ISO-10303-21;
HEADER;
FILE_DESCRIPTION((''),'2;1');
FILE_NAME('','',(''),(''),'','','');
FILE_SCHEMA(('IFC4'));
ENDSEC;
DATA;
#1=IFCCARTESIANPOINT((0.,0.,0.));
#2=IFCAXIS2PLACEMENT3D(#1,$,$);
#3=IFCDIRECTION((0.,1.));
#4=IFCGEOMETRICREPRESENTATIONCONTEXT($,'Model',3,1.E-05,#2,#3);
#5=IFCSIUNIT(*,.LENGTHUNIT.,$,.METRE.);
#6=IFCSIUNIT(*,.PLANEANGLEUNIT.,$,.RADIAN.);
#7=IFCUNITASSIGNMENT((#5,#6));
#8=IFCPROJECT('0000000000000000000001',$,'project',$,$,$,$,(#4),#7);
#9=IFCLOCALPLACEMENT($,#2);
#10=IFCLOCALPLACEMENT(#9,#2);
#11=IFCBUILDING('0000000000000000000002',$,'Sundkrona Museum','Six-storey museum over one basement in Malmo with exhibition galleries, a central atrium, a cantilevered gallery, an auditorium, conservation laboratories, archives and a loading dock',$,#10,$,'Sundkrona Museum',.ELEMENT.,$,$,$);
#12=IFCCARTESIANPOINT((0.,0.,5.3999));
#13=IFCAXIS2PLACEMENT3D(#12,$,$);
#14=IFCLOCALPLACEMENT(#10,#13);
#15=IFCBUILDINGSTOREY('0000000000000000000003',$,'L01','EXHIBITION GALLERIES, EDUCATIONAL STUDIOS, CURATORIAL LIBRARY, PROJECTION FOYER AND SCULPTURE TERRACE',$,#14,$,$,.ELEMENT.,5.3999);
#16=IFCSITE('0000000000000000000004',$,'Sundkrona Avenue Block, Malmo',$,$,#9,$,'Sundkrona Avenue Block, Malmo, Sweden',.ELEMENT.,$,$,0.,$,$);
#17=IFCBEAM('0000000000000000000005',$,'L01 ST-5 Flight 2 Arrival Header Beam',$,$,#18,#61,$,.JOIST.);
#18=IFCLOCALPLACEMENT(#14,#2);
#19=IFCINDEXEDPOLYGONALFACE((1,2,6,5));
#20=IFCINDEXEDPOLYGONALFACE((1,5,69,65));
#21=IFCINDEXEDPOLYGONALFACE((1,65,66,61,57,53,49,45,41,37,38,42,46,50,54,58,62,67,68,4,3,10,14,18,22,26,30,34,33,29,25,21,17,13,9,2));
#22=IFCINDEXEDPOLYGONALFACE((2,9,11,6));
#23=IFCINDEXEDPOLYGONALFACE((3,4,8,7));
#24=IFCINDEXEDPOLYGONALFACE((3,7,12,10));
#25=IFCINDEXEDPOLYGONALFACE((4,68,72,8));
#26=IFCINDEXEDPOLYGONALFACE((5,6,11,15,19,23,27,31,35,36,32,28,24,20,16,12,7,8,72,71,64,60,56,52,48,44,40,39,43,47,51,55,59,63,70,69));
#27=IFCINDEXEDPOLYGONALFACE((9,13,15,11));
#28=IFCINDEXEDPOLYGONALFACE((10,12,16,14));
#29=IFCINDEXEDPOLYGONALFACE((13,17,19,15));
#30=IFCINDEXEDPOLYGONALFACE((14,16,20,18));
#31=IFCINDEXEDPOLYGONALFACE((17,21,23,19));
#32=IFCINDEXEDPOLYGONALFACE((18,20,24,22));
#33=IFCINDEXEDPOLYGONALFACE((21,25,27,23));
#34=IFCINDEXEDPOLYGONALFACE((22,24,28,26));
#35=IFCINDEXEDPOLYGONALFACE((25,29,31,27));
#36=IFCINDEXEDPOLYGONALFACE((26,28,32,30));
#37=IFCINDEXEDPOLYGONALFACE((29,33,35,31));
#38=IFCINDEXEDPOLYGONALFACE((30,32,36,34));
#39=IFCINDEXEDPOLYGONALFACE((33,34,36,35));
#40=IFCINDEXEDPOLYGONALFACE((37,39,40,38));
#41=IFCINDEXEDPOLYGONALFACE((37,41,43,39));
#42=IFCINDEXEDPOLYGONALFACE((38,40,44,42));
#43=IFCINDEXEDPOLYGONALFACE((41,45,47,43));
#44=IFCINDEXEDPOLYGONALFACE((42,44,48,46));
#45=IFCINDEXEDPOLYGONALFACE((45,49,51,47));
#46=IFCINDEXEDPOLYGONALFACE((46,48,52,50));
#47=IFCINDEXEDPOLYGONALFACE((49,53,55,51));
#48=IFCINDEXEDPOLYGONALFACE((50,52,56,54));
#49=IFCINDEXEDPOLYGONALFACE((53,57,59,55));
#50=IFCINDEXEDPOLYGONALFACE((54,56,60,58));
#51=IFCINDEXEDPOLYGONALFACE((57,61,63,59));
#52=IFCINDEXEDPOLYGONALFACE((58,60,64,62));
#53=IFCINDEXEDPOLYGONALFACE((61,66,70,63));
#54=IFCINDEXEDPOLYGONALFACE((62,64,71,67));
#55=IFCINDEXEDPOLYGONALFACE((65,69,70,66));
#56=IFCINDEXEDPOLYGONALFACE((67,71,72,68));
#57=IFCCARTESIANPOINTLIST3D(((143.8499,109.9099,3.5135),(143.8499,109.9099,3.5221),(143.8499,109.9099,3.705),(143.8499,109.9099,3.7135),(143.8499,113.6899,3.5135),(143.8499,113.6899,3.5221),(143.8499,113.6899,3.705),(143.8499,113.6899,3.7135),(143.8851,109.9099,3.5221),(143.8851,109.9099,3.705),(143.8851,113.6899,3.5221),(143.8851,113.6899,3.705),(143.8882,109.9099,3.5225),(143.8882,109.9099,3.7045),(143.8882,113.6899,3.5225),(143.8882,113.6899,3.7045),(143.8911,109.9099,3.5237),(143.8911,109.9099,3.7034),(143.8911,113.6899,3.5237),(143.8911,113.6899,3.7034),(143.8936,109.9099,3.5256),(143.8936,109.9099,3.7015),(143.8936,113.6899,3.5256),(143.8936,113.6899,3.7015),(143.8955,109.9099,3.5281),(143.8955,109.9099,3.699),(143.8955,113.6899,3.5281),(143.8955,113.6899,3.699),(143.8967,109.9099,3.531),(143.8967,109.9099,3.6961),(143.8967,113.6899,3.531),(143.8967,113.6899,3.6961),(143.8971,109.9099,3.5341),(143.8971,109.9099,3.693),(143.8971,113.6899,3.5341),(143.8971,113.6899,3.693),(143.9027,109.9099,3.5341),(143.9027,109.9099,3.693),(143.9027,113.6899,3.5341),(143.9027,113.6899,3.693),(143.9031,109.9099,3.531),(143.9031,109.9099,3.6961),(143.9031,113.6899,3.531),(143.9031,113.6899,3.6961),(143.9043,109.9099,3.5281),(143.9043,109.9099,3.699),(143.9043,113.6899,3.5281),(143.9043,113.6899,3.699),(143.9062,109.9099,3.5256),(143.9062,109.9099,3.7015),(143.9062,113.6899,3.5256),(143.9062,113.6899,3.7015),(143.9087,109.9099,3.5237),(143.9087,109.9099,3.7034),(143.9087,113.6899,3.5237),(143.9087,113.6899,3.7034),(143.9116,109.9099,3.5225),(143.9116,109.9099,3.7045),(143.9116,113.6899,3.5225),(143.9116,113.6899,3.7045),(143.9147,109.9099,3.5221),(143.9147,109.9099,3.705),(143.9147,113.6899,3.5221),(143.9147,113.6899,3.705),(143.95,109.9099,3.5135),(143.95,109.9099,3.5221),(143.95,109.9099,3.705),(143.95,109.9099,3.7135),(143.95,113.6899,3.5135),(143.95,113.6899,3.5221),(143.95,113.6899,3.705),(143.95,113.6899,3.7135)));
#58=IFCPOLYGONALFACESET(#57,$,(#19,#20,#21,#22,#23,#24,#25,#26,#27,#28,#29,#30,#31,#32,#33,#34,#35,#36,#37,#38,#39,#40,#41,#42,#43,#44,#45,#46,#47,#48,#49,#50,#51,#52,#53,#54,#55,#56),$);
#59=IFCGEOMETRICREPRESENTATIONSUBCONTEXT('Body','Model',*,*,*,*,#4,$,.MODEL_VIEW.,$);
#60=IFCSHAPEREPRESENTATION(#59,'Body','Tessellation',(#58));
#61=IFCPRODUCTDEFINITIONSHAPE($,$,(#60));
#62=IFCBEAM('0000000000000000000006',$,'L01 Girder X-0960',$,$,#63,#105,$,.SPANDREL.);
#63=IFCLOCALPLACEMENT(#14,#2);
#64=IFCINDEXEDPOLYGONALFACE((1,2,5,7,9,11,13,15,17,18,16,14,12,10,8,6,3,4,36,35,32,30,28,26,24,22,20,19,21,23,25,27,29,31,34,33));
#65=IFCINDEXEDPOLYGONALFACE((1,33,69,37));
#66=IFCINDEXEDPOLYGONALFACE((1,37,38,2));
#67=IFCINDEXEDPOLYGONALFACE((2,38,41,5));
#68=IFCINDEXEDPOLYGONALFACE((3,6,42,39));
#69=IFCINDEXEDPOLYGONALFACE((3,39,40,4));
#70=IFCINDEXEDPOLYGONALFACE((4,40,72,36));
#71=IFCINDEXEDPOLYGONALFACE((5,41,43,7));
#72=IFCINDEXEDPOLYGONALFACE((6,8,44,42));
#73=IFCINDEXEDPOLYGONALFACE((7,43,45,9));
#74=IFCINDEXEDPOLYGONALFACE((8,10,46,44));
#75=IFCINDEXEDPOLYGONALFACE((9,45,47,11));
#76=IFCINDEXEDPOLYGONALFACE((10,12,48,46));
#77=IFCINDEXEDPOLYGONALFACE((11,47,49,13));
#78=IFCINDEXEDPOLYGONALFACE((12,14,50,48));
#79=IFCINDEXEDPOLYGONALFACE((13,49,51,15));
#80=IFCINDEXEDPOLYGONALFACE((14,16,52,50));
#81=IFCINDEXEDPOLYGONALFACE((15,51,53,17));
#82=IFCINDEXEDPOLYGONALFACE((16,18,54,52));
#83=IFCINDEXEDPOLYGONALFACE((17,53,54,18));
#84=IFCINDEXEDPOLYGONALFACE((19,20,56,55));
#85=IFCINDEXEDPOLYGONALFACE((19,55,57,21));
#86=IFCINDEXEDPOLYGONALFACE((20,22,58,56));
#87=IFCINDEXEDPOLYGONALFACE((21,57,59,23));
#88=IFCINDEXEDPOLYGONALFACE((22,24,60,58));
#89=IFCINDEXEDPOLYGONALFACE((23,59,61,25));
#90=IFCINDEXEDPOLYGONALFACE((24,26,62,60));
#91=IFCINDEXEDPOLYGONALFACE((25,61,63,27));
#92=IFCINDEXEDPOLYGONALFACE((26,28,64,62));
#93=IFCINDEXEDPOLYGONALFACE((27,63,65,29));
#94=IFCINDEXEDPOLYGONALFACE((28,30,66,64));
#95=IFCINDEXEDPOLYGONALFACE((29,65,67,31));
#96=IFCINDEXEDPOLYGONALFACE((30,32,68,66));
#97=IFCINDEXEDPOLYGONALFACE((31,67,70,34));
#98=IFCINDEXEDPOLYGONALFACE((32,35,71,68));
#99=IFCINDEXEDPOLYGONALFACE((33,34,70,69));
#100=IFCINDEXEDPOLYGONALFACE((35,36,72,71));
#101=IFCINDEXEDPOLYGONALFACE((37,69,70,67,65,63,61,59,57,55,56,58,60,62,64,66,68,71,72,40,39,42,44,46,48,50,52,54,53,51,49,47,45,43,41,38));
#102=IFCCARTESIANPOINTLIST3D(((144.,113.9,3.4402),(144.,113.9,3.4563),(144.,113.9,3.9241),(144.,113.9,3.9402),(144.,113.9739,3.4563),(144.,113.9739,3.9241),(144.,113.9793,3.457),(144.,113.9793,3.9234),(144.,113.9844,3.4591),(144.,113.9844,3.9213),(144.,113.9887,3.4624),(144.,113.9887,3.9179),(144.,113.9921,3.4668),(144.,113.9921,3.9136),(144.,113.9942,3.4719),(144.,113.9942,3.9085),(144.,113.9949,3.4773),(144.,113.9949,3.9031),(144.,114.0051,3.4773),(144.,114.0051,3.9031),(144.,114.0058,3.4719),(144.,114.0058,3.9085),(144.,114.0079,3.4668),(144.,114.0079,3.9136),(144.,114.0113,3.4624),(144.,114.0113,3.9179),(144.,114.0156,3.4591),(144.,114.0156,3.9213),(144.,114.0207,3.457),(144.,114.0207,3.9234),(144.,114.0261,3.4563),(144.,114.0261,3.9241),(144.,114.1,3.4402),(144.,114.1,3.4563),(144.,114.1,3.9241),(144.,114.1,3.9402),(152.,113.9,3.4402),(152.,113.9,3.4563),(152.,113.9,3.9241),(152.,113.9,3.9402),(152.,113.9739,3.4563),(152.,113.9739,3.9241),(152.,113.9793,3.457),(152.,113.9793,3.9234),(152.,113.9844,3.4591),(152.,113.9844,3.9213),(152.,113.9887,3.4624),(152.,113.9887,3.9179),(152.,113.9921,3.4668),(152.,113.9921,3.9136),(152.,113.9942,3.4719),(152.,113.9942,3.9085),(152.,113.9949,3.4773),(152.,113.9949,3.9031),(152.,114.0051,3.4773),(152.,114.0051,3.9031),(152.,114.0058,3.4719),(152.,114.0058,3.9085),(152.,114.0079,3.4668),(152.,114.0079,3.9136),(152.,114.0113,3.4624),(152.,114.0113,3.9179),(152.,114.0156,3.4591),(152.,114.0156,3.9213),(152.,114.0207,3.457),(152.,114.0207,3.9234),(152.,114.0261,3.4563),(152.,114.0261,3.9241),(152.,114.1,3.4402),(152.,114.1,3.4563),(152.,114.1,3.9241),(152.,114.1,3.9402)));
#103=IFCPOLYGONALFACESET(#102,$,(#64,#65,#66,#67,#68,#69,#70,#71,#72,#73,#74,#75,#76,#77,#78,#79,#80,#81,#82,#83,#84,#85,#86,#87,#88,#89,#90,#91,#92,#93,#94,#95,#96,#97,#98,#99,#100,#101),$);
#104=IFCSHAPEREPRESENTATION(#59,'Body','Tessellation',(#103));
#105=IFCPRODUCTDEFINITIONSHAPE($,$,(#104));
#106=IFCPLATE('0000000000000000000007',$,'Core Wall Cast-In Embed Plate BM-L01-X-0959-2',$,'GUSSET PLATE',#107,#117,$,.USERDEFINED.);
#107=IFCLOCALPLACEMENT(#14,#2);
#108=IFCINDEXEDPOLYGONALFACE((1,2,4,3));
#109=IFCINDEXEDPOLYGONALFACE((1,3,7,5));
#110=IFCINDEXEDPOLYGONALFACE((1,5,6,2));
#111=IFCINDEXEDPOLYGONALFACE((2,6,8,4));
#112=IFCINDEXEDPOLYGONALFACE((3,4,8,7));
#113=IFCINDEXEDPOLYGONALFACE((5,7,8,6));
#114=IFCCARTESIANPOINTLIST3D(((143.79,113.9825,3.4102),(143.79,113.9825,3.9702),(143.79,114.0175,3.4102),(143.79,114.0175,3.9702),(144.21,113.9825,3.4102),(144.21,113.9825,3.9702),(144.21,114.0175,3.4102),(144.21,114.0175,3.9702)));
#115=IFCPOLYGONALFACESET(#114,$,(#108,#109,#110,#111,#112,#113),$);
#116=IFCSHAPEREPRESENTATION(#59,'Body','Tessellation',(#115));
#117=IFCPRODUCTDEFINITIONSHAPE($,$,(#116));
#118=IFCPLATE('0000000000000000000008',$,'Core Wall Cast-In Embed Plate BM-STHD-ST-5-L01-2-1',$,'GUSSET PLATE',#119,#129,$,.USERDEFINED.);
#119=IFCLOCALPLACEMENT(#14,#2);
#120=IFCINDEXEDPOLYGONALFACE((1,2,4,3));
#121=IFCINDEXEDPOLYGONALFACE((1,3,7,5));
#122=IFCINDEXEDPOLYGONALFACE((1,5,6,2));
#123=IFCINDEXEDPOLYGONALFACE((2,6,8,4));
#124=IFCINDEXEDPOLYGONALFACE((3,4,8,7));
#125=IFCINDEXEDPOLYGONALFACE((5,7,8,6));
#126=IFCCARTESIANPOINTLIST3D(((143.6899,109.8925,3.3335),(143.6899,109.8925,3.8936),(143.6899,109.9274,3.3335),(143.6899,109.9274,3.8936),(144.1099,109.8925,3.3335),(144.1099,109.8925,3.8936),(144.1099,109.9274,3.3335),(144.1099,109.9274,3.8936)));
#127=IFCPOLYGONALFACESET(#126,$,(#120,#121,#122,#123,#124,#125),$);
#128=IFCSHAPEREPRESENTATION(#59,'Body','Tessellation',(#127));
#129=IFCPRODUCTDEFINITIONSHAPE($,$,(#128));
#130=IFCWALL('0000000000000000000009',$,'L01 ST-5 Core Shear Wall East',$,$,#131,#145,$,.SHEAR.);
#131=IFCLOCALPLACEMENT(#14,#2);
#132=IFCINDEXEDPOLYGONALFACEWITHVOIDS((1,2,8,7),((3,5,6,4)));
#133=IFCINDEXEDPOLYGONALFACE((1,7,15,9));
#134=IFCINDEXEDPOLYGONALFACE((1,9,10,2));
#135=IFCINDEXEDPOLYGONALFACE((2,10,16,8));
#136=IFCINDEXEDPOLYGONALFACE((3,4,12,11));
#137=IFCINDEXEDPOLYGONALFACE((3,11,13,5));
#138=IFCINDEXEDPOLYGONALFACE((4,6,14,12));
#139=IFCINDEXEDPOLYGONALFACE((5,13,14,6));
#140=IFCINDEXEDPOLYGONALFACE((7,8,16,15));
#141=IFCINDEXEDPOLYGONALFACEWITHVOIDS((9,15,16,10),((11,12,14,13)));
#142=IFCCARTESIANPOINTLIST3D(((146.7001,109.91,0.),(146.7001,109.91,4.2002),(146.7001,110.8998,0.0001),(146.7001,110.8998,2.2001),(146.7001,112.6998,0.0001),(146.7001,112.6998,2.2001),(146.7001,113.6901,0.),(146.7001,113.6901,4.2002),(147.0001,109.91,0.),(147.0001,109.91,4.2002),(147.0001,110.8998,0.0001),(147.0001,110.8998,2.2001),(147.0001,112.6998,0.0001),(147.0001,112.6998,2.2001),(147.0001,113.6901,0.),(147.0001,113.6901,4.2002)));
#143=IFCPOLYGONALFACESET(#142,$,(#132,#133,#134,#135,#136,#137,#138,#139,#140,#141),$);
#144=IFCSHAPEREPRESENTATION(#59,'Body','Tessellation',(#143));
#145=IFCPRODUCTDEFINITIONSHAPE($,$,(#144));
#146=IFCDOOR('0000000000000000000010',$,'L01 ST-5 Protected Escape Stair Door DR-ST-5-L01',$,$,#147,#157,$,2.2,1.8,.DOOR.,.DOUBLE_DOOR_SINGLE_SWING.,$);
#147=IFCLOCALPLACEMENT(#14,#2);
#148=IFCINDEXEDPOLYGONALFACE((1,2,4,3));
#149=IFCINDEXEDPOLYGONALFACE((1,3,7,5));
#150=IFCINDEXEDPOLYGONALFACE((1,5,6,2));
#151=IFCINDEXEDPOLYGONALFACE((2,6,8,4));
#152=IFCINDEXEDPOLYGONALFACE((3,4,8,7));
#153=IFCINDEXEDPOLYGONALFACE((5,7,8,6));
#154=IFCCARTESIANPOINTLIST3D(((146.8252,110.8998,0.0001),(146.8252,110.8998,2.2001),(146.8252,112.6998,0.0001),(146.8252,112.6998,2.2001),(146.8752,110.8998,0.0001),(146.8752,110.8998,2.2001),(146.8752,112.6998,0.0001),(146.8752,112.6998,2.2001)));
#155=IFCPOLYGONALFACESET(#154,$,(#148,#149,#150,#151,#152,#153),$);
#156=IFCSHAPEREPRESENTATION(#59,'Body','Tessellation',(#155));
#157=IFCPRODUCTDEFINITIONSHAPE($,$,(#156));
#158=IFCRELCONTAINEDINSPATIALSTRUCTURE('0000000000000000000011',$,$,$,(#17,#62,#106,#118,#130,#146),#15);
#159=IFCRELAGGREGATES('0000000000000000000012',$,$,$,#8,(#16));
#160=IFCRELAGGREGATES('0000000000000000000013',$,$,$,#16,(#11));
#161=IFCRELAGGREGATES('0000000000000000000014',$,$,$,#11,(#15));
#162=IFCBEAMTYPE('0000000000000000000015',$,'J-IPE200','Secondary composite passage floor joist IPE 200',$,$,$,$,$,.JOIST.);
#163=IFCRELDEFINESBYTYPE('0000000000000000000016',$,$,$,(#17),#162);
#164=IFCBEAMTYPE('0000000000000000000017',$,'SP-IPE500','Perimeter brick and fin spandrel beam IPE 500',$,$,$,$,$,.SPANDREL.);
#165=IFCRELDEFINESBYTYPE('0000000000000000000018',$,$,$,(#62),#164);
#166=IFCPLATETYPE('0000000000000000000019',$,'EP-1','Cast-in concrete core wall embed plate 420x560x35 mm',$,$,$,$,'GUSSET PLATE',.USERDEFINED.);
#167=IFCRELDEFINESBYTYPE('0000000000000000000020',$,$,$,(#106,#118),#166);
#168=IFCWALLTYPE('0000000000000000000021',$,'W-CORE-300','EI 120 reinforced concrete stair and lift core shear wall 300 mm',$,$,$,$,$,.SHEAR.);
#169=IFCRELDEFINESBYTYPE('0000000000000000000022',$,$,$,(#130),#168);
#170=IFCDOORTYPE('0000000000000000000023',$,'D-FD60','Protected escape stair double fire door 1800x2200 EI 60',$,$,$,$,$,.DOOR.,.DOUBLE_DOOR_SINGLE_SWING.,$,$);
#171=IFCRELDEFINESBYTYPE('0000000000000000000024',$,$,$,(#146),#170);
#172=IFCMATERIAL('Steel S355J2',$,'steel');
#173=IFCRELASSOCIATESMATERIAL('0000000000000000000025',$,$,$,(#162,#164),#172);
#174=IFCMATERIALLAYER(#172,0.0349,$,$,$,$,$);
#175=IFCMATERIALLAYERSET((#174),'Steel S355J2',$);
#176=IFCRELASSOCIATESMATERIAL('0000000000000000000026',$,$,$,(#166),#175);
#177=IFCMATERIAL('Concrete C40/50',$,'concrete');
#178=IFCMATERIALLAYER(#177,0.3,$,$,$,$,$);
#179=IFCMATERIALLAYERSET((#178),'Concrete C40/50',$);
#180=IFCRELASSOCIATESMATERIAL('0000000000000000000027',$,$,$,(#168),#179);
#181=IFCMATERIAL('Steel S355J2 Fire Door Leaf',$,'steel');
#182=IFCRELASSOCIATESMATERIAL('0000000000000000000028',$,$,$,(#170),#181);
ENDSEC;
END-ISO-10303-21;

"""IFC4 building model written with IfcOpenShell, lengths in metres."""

from ifc_helpers import new_model, si_unit, direction, frame, frame_2d, origin, origin_2d, place, context, subcontext, project, spatial, rectangle, i_section, extrude, material, layer, layer_set, material_profile, profile_set, type_object, element, fill, save


model = new_model("IFC4")

# Units and contexts
model_context = context("Model", 3, precision=1e-05, world=origin(), true_north=direction((0.0, 1.0)))
body_context = subcontext(model_context, "Body", "Model", "MODEL_VIEW")
ifc_project = project(units=[si_unit("LENGTHUNIT", "METRE"), si_unit("PLANEANGLEUNIT", "RADIAN")], contexts=[model_context])

# Site, building, storey
site_placement = place(None, origin())
site = spatial("IfcSite", under=ifc_project, at=site_placement, Name="Sundkrona Avenue Block, Malmo", LongName="Sundkrona Avenue Block, Malmo, Sweden", CompositionType="ELEMENT", RefElevation=0.0)
building_placement = place(site_placement, origin())
building = spatial("IfcBuilding", under=site, at=building_placement, Name="Sundkrona Museum", Description="Six-storey museum over one basement in Malmo with exhibition galleries, a central atrium, a cantilevered gallery, an auditorium, conservation laboratories, archives and a loading dock", LongName="Sundkrona Museum", CompositionType="ELEMENT")
storey_placement = place(building_placement, frame((0.0, 0.0, 5.3999)))
storey = spatial("IfcBuildingStorey", under=building, at=storey_placement, Name="L01", Description="EXHIBITION GALLERIES, EDUCATIONAL STUDIOS, CURATORIAL LIBRARY, PROJECTION FOYER AND SCULPTURE TERRACE", CompositionType="ELEMENT", Elevation=5.3999)

# Shared definitions
ifc_material_1 = material(Name="Steel S355J2", Category="steel")

# Beams
ifc_material_profile_1 = material_profile(ifc_material_1, i_section(OverallWidth=0.1001, OverallDepth=0.2, WebThickness=0.0056, FlangeThickness=0.0085, FilletRadius=0.012, at=origin_2d()), Name="IPE 200")
ifc_profile_set_1 = profile_set([ifc_material_profile_1], Name="Steel S355J2")
beam_type_1 = type_object("IfcBeamType", Name="J-IPE200", Description="Secondary composite passage floor joist IPE 200", PredefinedType="JOIST", material=ifc_profile_set_1)
beam_1_placement = place(storey_placement, frame((143.8999, 109.9099, 3.6135), z_axis=(0.0, 1.0, 0.0), x_axis=(-1.0, 0.0, 0.0)))
element("IfcBeam", 1, at=beam_1_placement, inside=storey, type_object=beam_type_1, Name="L01 ST-5 Flight 2 Arrival Header Beam", PredefinedType="JOIST", context=body_context, shape_type="SweptSolid", body=[
    extrude(i_section(OverallWidth=0.1001, OverallDepth=0.2, WebThickness=0.0056, FlangeThickness=0.0085, FilletRadius=0.012, at=origin_2d()), origin(), (0.0, 0.0, 1.0), 3.78),
])
ifc_material_profile_2 = material_profile(ifc_material_1, i_section(OverallWidth=0.2, OverallDepth=0.5, WebThickness=0.0103, FlangeThickness=0.0161, FilletRadius=0.021, at=origin_2d()), Name="IPE 500")
ifc_profile_set_2 = profile_set([ifc_material_profile_2], Name="Steel S355J2")
beam_type_2 = type_object("IfcBeamType", Name="SP-IPE500", Description="Perimeter brick and fin spandrel beam IPE 500", PredefinedType="SPANDREL", material=ifc_profile_set_2)
beam_2_placement = place(storey_placement, frame((144.0, 114.0, 3.6902), z_axis=(1.0, 0.0, 0.0), x_axis=(0.0, 1.0, 0.0)))
element("IfcBeam", 2, at=beam_2_placement, inside=storey, type_object=beam_type_2, Name="L01 Girder X-0960", PredefinedType="SPANDREL", context=body_context, shape_type="SweptSolid", body=[
    extrude(i_section(OverallWidth=0.2, OverallDepth=0.5, WebThickness=0.0103, FlangeThickness=0.0161, FilletRadius=0.021, at=origin_2d()), origin(), (0.0, 0.0, 1.0), 8.0),
])

# Plates
ifc_layer_1 = layer(ifc_material_1, 0.0349)
ifc_layer_set_1 = layer_set([ifc_layer_1], Name="Steel S355J2")
plate_type = type_object("IfcPlateType", Name="EP-1", Description="Cast-in concrete core wall embed plate 420x560x35 mm", ElementType="GUSSET PLATE", PredefinedType="USERDEFINED", material=ifc_layer_set_1)
for number, where, z_axis, x_axis, name in (
    (3, (144.0, 114.0, 3.4102), (0.0, 0.0, 1.0), (1.0, 0.0, 0.0), "Core Wall Cast-In Embed Plate BM-L01-X-0959-2"),
    (4, (143.8999, 109.9099, 3.3335), (0.0, 0.0, 1.0), (1.0, 0.0, 0.0), "Core Wall Cast-In Embed Plate BM-STHD-ST-5-L01-2-1"),
):
    element("IfcPlate", number, at=place(storey_placement, frame(where, z_axis=z_axis, x_axis=x_axis)), inside=storey, type_object=plate_type, Name=name, ObjectType="GUSSET PLATE", PredefinedType="USERDEFINED", context=body_context, shape_type="SweptSolid", body=[
        extrude(rectangle(XDim=0.4199, YDim=0.0349, at=origin_2d()), origin(), (0.0, 0.0, 1.0), 0.5601),
    ])

# Wall, opening, door
ifc_material_2 = material(Name="Concrete C40/50", Category="concrete")
ifc_layer_2 = layer(ifc_material_2, 0.3)
ifc_layer_set_2 = layer_set([ifc_layer_2], Name="Concrete C40/50")
wall_type_1 = type_object("IfcWallType", Name="W-CORE-300", Description="EI 120 reinforced concrete stair and lift core shear wall 300 mm", PredefinedType="SHEAR", material=ifc_layer_set_2)
wall_1_placement = place(storey_placement, frame((146.8501, 109.9099, 0.0), z_axis=(0.0, 0.0, 1.0), x_axis=(0.0, 1.0, 0.0)))
wall_1 = element("IfcWall", 5, at=wall_1_placement, inside=storey, type_object=wall_type_1, Name="L01 ST-5 Core Shear Wall East", PredefinedType="SHEAR", context=body_context, shape_type="SweptSolid", body=[
    extrude(rectangle(XDim=3.78, YDim=0.3, at=frame_2d((1.8901, 0.0))), origin(), (0.0, 0.0, 1.0), 4.2002),
])
opening_1_placement = place(wall_1_placement, frame((0.99, 0.0, 0.0)))
opening_1 = element("IfcOpeningElement", 6, at=opening_1_placement, cuts=wall_1, PredefinedType="OPENING", context=body_context, shape_type="SweptSolid", body=[
    extrude(rectangle(XDim=1.8, YDim=2.2, at=frame_2d((0.8999, 1.1001))), frame((0.0, 0.1599, 0.0), z_axis=(0.0, -1.0, 0.0), x_axis=(1.0, 0.0, 0.0)), (0.0, 0.0, 1.0), 0.3201),
])
ifc_material_3 = material(Name="Steel S355J2 Fire Door Leaf", Category="steel")
door_type = type_object("IfcDoorType", Name="D-FD60", Description="Protected escape stair double fire door 1800x2200 EI 60", OperationType="DOUBLE_DOOR_SINGLE_SWING", PredefinedType="DOOR", material=ifc_material_3)
door_placement = place(opening_1_placement, origin())
door = element("IfcDoor", 7, at=door_placement, inside=storey, type_object=door_type, Name="L01 ST-5 Protected Escape Stair Door DR-ST-5-L01", OperationType="DOUBLE_DOOR_SINGLE_SWING", OverallHeight=2.2, OverallWidth=1.8, PredefinedType="DOOR", context=body_context, shape_type="SweptSolid", body=[
    extrude(rectangle(XDim=1.8, YDim=2.2, at=frame_2d((0.8999, 1.1001))), frame((0.0, 0.0249, 0.0), z_axis=(0.0, -1.0, 0.0), x_axis=(1.0, 0.0, 0.0)), (0.0, 0.0, 1.0), 0.05),
])
fill(opening_1, door)

save(model, "model.ifc")
